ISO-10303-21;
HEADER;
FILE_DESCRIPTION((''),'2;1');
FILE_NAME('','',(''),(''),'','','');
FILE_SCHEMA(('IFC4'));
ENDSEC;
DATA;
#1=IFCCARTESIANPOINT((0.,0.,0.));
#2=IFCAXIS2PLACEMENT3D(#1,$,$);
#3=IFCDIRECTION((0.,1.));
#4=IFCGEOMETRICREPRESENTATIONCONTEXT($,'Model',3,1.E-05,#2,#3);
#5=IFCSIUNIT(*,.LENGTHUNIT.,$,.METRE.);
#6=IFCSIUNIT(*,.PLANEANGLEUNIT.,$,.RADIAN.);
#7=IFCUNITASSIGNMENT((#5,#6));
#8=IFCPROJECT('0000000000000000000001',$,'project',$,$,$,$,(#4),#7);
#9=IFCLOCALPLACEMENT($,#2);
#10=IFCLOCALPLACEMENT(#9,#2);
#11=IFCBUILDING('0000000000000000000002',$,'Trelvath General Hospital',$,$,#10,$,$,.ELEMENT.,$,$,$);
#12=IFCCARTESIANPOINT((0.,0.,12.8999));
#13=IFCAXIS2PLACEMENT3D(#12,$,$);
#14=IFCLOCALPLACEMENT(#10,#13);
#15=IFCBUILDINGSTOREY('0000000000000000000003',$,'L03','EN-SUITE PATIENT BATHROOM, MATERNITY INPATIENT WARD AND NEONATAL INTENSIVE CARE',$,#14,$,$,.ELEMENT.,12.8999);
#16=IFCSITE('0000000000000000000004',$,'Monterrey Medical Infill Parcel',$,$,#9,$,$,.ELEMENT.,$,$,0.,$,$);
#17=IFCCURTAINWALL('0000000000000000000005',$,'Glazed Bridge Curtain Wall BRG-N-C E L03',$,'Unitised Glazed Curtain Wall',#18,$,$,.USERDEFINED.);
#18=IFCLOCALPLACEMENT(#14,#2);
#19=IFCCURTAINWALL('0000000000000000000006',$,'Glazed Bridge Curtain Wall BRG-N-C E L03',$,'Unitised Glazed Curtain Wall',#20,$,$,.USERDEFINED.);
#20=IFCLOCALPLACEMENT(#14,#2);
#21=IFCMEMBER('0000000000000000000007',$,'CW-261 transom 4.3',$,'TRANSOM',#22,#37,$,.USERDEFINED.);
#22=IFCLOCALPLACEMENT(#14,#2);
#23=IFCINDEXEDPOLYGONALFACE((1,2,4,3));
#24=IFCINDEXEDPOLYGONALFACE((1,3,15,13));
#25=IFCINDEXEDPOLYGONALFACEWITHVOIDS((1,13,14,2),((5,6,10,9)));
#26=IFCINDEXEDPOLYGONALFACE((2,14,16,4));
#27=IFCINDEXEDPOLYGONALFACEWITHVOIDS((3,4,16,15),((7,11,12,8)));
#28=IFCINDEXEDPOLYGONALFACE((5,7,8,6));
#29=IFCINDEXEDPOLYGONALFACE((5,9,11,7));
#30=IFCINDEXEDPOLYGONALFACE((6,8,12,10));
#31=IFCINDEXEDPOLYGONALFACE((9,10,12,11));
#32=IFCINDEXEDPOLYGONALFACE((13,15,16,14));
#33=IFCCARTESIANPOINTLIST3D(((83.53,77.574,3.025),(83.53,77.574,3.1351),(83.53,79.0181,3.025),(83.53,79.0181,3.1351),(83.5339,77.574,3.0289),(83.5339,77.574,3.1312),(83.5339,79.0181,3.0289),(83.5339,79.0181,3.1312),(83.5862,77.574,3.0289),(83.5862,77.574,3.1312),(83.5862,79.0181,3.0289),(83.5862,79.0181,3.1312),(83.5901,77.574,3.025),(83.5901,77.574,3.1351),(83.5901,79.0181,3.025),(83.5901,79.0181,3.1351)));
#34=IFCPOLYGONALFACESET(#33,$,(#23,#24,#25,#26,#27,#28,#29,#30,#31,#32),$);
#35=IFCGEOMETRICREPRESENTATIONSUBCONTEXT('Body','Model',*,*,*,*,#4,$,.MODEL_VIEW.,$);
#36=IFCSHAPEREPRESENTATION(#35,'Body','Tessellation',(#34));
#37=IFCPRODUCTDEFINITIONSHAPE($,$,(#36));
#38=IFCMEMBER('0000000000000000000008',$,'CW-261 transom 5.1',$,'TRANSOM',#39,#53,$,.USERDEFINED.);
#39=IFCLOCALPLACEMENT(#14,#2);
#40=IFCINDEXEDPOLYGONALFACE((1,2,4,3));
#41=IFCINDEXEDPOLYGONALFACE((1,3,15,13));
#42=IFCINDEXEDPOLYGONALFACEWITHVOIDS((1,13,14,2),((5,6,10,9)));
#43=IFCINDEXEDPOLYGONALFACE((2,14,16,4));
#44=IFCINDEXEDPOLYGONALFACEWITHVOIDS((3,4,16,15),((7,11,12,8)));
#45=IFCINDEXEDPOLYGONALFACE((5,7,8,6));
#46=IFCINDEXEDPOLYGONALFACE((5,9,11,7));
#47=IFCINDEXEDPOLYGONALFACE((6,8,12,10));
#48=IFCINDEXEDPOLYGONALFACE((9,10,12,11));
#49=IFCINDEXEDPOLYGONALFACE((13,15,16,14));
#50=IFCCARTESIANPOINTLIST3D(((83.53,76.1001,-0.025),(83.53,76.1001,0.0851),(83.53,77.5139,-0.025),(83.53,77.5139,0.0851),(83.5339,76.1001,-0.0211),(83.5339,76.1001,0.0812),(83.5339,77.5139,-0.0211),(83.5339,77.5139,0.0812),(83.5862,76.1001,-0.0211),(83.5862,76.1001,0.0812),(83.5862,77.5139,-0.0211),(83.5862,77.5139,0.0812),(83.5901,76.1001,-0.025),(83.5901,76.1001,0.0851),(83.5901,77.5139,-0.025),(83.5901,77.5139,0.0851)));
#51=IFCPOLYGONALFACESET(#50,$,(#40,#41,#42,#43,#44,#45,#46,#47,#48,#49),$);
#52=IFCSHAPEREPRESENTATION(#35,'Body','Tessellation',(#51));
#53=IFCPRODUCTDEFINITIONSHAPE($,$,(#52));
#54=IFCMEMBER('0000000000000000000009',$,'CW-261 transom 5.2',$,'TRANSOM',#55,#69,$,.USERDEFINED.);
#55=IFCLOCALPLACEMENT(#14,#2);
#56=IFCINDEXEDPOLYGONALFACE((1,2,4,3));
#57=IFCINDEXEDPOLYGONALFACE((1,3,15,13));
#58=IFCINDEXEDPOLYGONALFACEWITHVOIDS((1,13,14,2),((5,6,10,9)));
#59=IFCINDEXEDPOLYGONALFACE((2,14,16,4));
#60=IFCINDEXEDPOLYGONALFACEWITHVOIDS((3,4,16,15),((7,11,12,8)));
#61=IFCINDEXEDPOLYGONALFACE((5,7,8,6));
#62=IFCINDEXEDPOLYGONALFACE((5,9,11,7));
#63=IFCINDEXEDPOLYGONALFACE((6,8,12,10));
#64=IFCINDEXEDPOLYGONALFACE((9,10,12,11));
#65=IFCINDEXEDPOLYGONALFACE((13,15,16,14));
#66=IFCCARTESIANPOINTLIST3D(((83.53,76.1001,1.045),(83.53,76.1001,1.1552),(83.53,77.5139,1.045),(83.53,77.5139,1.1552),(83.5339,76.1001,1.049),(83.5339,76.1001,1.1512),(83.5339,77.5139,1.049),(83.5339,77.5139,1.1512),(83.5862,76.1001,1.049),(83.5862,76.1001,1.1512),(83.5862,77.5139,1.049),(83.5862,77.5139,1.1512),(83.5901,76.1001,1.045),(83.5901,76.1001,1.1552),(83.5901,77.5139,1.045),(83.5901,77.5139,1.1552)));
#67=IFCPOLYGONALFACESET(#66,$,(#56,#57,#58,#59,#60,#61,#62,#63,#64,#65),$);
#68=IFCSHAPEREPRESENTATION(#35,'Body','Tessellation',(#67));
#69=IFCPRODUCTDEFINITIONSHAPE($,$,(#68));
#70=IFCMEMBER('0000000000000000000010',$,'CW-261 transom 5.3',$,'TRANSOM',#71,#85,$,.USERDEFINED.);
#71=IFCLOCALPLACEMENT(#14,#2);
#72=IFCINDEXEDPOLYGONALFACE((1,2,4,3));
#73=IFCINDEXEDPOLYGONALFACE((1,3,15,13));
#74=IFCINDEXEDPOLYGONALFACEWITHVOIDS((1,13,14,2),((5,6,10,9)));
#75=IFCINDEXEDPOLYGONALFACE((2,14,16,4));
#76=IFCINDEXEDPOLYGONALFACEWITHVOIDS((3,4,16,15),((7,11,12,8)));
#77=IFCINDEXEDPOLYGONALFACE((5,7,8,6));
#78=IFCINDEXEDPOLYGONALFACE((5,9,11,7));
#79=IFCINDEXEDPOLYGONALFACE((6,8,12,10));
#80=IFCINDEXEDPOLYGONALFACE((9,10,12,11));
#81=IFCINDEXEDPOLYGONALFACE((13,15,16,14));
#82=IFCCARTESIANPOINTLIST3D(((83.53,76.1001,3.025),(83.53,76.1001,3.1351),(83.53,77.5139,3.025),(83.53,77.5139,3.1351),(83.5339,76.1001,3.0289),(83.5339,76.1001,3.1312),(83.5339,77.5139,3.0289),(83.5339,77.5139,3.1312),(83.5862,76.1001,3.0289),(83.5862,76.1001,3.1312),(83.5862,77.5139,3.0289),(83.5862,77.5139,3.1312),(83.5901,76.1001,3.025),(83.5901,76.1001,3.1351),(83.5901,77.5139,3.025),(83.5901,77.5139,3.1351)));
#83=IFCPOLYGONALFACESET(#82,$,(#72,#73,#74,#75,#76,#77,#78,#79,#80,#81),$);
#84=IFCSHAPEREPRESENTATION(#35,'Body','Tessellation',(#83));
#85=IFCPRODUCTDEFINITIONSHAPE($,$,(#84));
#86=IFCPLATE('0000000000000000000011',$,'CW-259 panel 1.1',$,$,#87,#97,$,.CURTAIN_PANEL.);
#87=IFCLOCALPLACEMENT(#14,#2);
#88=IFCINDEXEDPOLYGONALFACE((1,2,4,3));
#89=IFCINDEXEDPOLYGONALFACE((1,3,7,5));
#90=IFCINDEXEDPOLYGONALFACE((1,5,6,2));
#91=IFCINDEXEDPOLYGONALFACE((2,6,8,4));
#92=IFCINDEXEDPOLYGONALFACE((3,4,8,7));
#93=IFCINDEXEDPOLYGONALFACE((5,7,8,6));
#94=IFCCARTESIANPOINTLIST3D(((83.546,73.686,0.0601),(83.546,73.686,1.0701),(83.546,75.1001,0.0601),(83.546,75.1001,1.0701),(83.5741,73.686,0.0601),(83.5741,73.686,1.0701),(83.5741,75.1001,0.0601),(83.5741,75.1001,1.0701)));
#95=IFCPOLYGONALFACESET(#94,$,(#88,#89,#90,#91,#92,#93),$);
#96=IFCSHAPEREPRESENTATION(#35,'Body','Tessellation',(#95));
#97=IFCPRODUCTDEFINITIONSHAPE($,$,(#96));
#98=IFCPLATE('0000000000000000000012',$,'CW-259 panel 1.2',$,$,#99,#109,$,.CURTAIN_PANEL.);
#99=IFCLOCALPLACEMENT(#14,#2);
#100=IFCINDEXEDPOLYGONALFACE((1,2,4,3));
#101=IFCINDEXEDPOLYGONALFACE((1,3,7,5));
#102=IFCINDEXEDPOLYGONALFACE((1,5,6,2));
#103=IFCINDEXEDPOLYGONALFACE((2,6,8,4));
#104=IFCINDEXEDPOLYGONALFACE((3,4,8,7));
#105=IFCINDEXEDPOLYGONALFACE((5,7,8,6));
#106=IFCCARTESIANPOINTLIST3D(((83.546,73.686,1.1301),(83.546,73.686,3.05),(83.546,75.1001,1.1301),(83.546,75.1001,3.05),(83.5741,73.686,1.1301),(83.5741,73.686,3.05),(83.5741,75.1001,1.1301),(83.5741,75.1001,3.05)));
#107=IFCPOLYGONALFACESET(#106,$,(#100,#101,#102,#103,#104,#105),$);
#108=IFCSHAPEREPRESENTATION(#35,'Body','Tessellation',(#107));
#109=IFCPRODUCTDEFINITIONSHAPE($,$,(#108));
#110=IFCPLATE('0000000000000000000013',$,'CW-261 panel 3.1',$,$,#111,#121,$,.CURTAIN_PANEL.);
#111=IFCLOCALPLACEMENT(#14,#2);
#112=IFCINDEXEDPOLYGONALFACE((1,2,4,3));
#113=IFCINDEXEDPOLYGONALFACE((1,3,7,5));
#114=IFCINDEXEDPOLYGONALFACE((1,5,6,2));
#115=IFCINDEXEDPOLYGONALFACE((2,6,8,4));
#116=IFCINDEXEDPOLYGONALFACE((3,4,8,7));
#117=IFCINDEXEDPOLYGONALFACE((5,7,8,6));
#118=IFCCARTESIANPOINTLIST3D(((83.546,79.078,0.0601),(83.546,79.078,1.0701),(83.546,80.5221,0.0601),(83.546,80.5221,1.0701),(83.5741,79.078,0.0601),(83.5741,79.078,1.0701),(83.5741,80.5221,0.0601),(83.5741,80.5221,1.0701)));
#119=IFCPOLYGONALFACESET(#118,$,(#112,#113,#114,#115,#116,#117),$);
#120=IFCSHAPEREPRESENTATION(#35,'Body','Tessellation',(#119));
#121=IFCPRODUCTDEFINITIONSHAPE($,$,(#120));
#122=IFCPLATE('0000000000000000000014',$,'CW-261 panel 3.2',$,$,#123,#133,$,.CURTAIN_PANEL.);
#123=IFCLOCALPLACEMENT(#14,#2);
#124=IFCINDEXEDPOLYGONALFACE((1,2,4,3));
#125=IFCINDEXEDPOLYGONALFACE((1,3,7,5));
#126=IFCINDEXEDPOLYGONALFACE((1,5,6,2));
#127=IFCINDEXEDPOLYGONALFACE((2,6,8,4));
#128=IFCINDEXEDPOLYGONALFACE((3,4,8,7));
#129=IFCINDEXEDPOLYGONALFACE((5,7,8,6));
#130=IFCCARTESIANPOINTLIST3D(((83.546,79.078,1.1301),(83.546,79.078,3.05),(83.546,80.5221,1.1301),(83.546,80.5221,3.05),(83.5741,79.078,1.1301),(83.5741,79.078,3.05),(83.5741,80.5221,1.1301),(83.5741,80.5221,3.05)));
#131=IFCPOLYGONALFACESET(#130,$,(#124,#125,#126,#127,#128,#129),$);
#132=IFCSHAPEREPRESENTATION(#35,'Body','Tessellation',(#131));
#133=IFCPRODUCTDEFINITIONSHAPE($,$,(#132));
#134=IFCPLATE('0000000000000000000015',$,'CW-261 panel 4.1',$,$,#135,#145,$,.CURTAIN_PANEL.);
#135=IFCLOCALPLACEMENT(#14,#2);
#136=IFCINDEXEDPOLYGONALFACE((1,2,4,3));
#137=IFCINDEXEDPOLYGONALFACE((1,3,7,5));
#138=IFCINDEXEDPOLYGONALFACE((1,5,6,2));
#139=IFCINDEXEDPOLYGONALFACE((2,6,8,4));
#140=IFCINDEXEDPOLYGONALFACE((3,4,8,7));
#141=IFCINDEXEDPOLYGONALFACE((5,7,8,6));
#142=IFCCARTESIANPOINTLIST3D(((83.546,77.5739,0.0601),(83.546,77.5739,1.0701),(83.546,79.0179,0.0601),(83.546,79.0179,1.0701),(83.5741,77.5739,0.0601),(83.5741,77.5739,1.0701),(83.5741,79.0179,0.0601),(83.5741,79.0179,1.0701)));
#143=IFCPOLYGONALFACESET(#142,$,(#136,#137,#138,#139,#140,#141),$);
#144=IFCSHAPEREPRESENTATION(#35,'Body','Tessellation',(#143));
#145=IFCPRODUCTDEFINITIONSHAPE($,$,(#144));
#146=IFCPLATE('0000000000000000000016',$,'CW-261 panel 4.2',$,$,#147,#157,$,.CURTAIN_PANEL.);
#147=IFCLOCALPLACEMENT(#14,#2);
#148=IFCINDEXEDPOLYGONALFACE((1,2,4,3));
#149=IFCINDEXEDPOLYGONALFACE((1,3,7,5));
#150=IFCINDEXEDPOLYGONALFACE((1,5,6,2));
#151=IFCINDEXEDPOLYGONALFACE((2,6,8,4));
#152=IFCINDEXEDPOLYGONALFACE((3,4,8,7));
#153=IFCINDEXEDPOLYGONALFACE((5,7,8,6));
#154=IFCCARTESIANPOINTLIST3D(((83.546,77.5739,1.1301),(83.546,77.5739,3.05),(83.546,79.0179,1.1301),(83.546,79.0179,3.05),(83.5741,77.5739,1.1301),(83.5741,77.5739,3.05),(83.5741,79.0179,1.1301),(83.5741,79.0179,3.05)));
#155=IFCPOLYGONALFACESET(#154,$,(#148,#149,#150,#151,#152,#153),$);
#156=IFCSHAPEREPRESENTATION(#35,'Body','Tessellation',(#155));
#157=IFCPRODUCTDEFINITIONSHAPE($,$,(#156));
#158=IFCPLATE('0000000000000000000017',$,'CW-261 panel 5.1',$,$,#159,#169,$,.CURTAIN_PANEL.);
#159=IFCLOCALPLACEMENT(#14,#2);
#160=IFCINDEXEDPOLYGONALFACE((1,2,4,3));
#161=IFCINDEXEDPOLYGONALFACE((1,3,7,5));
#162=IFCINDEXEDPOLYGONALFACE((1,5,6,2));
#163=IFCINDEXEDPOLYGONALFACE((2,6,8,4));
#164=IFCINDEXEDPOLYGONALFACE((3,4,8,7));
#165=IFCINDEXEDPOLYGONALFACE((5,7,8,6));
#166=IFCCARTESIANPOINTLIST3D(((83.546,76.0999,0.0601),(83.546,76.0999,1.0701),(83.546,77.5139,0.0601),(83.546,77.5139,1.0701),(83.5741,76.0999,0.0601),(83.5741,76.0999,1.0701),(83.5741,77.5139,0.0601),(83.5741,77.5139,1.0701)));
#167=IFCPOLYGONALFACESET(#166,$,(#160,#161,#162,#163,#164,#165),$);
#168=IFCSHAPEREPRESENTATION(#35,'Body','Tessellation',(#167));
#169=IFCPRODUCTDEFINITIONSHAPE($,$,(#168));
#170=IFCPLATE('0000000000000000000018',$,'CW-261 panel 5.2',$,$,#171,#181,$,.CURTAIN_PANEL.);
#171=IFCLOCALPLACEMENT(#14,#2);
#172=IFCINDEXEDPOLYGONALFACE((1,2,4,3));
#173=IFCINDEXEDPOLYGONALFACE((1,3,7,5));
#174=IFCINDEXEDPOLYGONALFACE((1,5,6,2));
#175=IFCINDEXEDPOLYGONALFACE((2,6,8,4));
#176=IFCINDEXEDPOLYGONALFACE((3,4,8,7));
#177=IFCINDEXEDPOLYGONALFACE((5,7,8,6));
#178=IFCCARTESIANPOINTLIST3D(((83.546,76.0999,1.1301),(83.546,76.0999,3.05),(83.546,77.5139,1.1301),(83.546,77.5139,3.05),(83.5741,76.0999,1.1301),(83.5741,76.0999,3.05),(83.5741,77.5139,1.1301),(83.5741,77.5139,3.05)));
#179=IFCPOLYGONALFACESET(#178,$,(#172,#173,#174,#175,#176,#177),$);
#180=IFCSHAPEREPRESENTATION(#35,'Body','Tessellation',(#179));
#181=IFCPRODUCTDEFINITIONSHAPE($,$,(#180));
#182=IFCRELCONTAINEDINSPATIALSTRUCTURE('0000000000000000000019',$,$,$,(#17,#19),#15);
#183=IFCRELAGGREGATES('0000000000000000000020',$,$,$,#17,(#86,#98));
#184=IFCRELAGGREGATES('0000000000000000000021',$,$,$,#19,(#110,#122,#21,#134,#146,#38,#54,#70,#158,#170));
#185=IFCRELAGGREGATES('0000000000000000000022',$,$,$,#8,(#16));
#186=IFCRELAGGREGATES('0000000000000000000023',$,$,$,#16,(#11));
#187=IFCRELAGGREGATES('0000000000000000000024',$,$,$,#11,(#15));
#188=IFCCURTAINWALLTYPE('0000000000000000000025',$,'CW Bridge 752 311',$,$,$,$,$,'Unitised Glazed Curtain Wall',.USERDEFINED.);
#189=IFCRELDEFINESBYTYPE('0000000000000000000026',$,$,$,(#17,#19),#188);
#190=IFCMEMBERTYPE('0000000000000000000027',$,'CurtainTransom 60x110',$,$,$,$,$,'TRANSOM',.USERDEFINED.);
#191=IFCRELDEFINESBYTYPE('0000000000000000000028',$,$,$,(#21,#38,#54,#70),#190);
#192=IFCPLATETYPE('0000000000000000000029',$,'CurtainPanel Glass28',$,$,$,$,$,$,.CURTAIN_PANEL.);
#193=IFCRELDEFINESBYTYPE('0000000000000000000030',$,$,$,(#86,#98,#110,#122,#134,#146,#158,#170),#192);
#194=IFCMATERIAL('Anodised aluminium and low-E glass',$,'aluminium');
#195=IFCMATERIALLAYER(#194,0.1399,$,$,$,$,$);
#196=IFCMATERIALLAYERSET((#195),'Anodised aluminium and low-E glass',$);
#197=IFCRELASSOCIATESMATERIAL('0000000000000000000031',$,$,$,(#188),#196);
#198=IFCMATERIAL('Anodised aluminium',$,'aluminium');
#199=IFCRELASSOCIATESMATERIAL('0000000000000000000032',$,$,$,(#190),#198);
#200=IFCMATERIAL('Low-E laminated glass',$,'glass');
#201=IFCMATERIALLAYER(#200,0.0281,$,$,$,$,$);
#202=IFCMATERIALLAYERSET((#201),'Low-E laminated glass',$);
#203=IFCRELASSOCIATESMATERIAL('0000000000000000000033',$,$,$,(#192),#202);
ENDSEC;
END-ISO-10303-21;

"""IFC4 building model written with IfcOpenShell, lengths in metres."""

from ifc_helpers import new_model, si_unit, direction, frame, origin, origin_2d, place, context, subcontext, project, spatial, rectangle, hollow_rectangle, extrude, material, layer, layer_set, material_profile, profile_set, type_object, element, aggregate, save


model = new_model("IFC4")

# Units and contexts
model_context = context("Model", 3, precision=1e-05, world=origin(), true_north=direction((0.0, 1.0)))
body_context = subcontext(model_context, "Body", "Model", "MODEL_VIEW")
ifc_project = project(units=[si_unit("LENGTHUNIT", "METRE"), si_unit("PLANEANGLEUNIT", "RADIAN")], contexts=[model_context])

# Site, building, storey
site_placement = place(None, origin())
site = spatial("IfcSite", under=ifc_project, at=site_placement, Name="Monterrey Medical Infill Parcel", CompositionType="ELEMENT", RefElevation=0.0)
building_placement = place(site_placement, origin())
building = spatial("IfcBuilding", under=site, at=building_placement, Name="Trelvath General Hospital", CompositionType="ELEMENT")
storey_placement = place(building_placement, frame((0.0, 0.0, 12.8999)))
storey = spatial("IfcBuildingStorey", under=building, at=storey_placement, Name="L03", Description="EN-SUITE PATIENT BATHROOM, MATERNITY INPATIENT WARD AND NEONATAL INTENSIVE CARE", CompositionType="ELEMENT", Elevation=12.8999)

# Curtain walls
ifc_material_1 = material(Name="Anodised aluminium and low-E glass", Category="aluminium")
ifc_layer_1 = layer(ifc_material_1, 0.1399)
ifc_layer_set_1 = layer_set([ifc_layer_1], Name="Anodised aluminium and low-E glass")
curtain_wall_type = type_object("IfcCurtainWallType", Name="CW Bridge 752 311", ElementType="Unitised Glazed Curtain Wall", PredefinedType="USERDEFINED", material=ifc_layer_set_1)
curtain_wall_1_placement = place(storey_placement, origin())
curtain_wall_1 = element("IfcCurtainWall", 1, at=curtain_wall_1_placement, inside=storey, type_object=curtain_wall_type, Name="Glazed Bridge Curtain Wall BRG-N-C E L03", ObjectType="Unitised Glazed Curtain Wall", PredefinedType="USERDEFINED")
curtain_wall_2_placement = place(storey_placement, origin())
curtain_wall_2 = element("IfcCurtainWall", 2, at=curtain_wall_2_placement, inside=storey, type_object=curtain_wall_type, Name="Glazed Bridge Curtain Wall BRG-N-C E L03", ObjectType="Unitised Glazed Curtain Wall", PredefinedType="USERDEFINED")

# Members
ifc_material_2 = material(Name="Anodised aluminium", Category="aluminium")
ifc_material_profile_1 = material_profile(ifc_material_2, hollow_rectangle(XDim=0.0601, YDim=0.1101, WallThickness=0.0039, at=origin_2d()), Name="RHS60x110x4")
ifc_profile_set_1 = profile_set([ifc_material_profile_1], Name="Anodised aluminium")
member_type_1 = type_object("IfcMemberType", Name="CurtainTransom 60x110", ElementType="TRANSOM", PredefinedType="USERDEFINED", material=ifc_profile_set_1)
member_1_placement = place(storey_placement, frame((83.5601, 79.0181, 3.0801), z_axis=(0.0, -1.0, 0.0), x_axis=(1.0, 0.0, 0.0)))
member_1 = element("IfcMember", 3, at=member_1_placement, type_object=member_type_1, Name="CW-261 transom 4.3", ObjectType="TRANSOM", PredefinedType="USERDEFINED", context=body_context, shape_type="SweptSolid", body=[
    extrude(hollow_rectangle(XDim=0.0601, YDim=0.1101, WallThickness=0.0039, at=origin_2d()), origin(), (0.0, 0.0, 1.0), 1.4441),
])
member_2_placement = place(storey_placement, frame((83.5601, 77.5139, 0.03), z_axis=(0.0, -1.0, 0.0), x_axis=(1.0, 0.0, 0.0)))
member_2 = element("IfcMember", 4, at=member_2_placement, type_object=member_type_1, Name="CW-261 transom 5.1", ObjectType="TRANSOM", PredefinedType="USERDEFINED", context=body_context, shape_type="SweptSolid", body=[
    extrude(hollow_rectangle(XDim=0.0601, YDim=0.1101, WallThickness=0.0039, at=origin_2d()), origin(), (0.0, 0.0, 1.0), 1.4138),
])
member_3_placement = place(storey_placement, frame((83.5601, 77.5139, 1.1001), z_axis=(0.0, -1.0, 0.0), x_axis=(1.0, 0.0, 0.0)))
member_3 = element("IfcMember", 5, at=member_3_placement, type_object=member_type_1, Name="CW-261 transom 5.2", ObjectType="TRANSOM", PredefinedType="USERDEFINED", context=body_context, shape_type="SweptSolid", body=[
    extrude(hollow_rectangle(XDim=0.0601, YDim=0.1101, WallThickness=0.0039, at=origin_2d()), origin(), (0.0, 0.0, 1.0), 1.4138),
])
member_4_placement = place(storey_placement, frame((83.5601, 77.5139, 3.0801), z_axis=(0.0, -1.0, 0.0), x_axis=(1.0, 0.0, 0.0)))
member_4 = element("IfcMember", 6, at=member_4_placement, type_object=member_type_1, Name="CW-261 transom 5.3", ObjectType="TRANSOM", PredefinedType="USERDEFINED", context=body_context, shape_type="SweptSolid", body=[
    extrude(hollow_rectangle(XDim=0.0601, YDim=0.1101, WallThickness=0.0039, at=origin_2d()), origin(), (0.0, 0.0, 1.0), 1.4138),
])

# Plates
ifc_material_3 = material(Name="Low-E laminated glass", Category="glass")
ifc_layer_2 = layer(ifc_material_3, 0.0281)
ifc_layer_set_2 = layer_set([ifc_layer_2], Name="Low-E laminated glass")
plate_type = type_object("IfcPlateType", Name="CurtainPanel Glass28", PredefinedType="CURTAIN_PANEL", material=ifc_layer_set_2)
plate_1_placement = place(storey_placement, frame((83.5601, 74.3931, 0.0601), z_axis=(0.0, 0.0, 1.0), x_axis=(0.0, -1.0, 0.0)))
plate_1 = element("IfcPlate", 7, at=plate_1_placement, type_object=plate_type, Name="CW-259 panel 1.1", PredefinedType="CURTAIN_PANEL", context=body_context, shape_type="SweptSolid", body=[
    extrude(rectangle(XDim=1.4141, YDim=0.0281, at=origin_2d()), origin(), (0.0, 0.0, 1.0), 1.01),
])
plate_2_placement = place(storey_placement, frame((83.5601, 74.3931, 1.1301), z_axis=(0.0, 0.0, 1.0), x_axis=(0.0, -1.0, 0.0)))
plate_2 = element("IfcPlate", 8, at=plate_2_placement, type_object=plate_type, Name="CW-259 panel 1.2", PredefinedType="CURTAIN_PANEL", context=body_context, shape_type="SweptSolid", body=[
    extrude(rectangle(XDim=1.4141, YDim=0.0281, at=origin_2d()), origin(), (0.0, 0.0, 1.0), 1.9199),
])
aggregate(curtain_wall_1, [plate_1, plate_2])
plate_3_placement = place(storey_placement, frame((83.5601, 79.8, 0.0601), z_axis=(0.0, 0.0, 1.0), x_axis=(0.0, -1.0, 0.0)))
plate_3 = element("IfcPlate", 9, at=plate_3_placement, type_object=plate_type, Name="CW-261 panel 3.1", PredefinedType="CURTAIN_PANEL", context=body_context, shape_type="SweptSolid", body=[
    extrude(rectangle(XDim=1.4441, YDim=0.0281, at=origin_2d()), origin(), (0.0, 0.0, 1.0), 1.01),
])
plate_4_placement = place(storey_placement, frame((83.5601, 79.8, 1.1301), z_axis=(0.0, 0.0, 1.0), x_axis=(0.0, -1.0, 0.0)))
plate_4 = element("IfcPlate", 10, at=plate_4_placement, type_object=plate_type, Name="CW-261 panel 3.2", PredefinedType="CURTAIN_PANEL", context=body_context, shape_type="SweptSolid", body=[
    extrude(rectangle(XDim=1.4441, YDim=0.0281, at=origin_2d()), origin(), (0.0, 0.0, 1.0), 1.9199),
])
plate_5_placement = place(storey_placement, frame((83.5601, 78.2959, 0.0601), z_axis=(0.0, 0.0, 1.0), x_axis=(0.0, -1.0, 0.0)))
plate_5 = element("IfcPlate", 11, at=plate_5_placement, type_object=plate_type, Name="CW-261 panel 4.1", PredefinedType="CURTAIN_PANEL", context=body_context, shape_type="SweptSolid", body=[
    extrude(rectangle(XDim=1.4441, YDim=0.0281, at=origin_2d()), origin(), (0.0, 0.0, 1.0), 1.01),
])
plate_6_placement = place(storey_placement, frame((83.5601, 78.2959, 1.1301), z_axis=(0.0, 0.0, 1.0), x_axis=(0.0, -1.0, 0.0)))
plate_6 = element("IfcPlate", 12, at=plate_6_placement, type_object=plate_type, Name="CW-261 panel 4.2", PredefinedType="CURTAIN_PANEL", context=body_context, shape_type="SweptSolid", body=[
    extrude(rectangle(XDim=1.4441, YDim=0.0281, at=origin_2d()), origin(), (0.0, 0.0, 1.0), 1.9199),
])
plate_7_placement = place(storey_placement, frame((83.5601, 76.8069, 0.0601), z_axis=(0.0, 0.0, 1.0), x_axis=(0.0, -1.0, 0.0)))
plate_7 = element("IfcPlate", 13, at=plate_7_placement, type_object=plate_type, Name="CW-261 panel 5.1", PredefinedType="CURTAIN_PANEL", context=body_context, shape_type="SweptSolid", body=[
    extrude(rectangle(XDim=1.4141, YDim=0.0281, at=origin_2d()), origin(), (0.0, 0.0, 1.0), 1.01),
])
plate_8_placement = place(storey_placement, frame((83.5601, 76.8069, 1.1301), z_axis=(0.0, 0.0, 1.0), x_axis=(0.0, -1.0, 0.0)))
plate_8 = element("IfcPlate", 14, at=plate_8_placement, type_object=plate_type, Name="CW-261 panel 5.2", PredefinedType="CURTAIN_PANEL", context=body_context, shape_type="SweptSolid", body=[
    extrude(rectangle(XDim=1.4141, YDim=0.0281, at=origin_2d()), origin(), (0.0, 0.0, 1.0), 1.9199),
])
aggregate(curtain_wall_2, [plate_3, plate_4, member_1, plate_5, plate_6, member_2, member_3, member_4, plate_7, plate_8])

save(model, "model.ifc")
